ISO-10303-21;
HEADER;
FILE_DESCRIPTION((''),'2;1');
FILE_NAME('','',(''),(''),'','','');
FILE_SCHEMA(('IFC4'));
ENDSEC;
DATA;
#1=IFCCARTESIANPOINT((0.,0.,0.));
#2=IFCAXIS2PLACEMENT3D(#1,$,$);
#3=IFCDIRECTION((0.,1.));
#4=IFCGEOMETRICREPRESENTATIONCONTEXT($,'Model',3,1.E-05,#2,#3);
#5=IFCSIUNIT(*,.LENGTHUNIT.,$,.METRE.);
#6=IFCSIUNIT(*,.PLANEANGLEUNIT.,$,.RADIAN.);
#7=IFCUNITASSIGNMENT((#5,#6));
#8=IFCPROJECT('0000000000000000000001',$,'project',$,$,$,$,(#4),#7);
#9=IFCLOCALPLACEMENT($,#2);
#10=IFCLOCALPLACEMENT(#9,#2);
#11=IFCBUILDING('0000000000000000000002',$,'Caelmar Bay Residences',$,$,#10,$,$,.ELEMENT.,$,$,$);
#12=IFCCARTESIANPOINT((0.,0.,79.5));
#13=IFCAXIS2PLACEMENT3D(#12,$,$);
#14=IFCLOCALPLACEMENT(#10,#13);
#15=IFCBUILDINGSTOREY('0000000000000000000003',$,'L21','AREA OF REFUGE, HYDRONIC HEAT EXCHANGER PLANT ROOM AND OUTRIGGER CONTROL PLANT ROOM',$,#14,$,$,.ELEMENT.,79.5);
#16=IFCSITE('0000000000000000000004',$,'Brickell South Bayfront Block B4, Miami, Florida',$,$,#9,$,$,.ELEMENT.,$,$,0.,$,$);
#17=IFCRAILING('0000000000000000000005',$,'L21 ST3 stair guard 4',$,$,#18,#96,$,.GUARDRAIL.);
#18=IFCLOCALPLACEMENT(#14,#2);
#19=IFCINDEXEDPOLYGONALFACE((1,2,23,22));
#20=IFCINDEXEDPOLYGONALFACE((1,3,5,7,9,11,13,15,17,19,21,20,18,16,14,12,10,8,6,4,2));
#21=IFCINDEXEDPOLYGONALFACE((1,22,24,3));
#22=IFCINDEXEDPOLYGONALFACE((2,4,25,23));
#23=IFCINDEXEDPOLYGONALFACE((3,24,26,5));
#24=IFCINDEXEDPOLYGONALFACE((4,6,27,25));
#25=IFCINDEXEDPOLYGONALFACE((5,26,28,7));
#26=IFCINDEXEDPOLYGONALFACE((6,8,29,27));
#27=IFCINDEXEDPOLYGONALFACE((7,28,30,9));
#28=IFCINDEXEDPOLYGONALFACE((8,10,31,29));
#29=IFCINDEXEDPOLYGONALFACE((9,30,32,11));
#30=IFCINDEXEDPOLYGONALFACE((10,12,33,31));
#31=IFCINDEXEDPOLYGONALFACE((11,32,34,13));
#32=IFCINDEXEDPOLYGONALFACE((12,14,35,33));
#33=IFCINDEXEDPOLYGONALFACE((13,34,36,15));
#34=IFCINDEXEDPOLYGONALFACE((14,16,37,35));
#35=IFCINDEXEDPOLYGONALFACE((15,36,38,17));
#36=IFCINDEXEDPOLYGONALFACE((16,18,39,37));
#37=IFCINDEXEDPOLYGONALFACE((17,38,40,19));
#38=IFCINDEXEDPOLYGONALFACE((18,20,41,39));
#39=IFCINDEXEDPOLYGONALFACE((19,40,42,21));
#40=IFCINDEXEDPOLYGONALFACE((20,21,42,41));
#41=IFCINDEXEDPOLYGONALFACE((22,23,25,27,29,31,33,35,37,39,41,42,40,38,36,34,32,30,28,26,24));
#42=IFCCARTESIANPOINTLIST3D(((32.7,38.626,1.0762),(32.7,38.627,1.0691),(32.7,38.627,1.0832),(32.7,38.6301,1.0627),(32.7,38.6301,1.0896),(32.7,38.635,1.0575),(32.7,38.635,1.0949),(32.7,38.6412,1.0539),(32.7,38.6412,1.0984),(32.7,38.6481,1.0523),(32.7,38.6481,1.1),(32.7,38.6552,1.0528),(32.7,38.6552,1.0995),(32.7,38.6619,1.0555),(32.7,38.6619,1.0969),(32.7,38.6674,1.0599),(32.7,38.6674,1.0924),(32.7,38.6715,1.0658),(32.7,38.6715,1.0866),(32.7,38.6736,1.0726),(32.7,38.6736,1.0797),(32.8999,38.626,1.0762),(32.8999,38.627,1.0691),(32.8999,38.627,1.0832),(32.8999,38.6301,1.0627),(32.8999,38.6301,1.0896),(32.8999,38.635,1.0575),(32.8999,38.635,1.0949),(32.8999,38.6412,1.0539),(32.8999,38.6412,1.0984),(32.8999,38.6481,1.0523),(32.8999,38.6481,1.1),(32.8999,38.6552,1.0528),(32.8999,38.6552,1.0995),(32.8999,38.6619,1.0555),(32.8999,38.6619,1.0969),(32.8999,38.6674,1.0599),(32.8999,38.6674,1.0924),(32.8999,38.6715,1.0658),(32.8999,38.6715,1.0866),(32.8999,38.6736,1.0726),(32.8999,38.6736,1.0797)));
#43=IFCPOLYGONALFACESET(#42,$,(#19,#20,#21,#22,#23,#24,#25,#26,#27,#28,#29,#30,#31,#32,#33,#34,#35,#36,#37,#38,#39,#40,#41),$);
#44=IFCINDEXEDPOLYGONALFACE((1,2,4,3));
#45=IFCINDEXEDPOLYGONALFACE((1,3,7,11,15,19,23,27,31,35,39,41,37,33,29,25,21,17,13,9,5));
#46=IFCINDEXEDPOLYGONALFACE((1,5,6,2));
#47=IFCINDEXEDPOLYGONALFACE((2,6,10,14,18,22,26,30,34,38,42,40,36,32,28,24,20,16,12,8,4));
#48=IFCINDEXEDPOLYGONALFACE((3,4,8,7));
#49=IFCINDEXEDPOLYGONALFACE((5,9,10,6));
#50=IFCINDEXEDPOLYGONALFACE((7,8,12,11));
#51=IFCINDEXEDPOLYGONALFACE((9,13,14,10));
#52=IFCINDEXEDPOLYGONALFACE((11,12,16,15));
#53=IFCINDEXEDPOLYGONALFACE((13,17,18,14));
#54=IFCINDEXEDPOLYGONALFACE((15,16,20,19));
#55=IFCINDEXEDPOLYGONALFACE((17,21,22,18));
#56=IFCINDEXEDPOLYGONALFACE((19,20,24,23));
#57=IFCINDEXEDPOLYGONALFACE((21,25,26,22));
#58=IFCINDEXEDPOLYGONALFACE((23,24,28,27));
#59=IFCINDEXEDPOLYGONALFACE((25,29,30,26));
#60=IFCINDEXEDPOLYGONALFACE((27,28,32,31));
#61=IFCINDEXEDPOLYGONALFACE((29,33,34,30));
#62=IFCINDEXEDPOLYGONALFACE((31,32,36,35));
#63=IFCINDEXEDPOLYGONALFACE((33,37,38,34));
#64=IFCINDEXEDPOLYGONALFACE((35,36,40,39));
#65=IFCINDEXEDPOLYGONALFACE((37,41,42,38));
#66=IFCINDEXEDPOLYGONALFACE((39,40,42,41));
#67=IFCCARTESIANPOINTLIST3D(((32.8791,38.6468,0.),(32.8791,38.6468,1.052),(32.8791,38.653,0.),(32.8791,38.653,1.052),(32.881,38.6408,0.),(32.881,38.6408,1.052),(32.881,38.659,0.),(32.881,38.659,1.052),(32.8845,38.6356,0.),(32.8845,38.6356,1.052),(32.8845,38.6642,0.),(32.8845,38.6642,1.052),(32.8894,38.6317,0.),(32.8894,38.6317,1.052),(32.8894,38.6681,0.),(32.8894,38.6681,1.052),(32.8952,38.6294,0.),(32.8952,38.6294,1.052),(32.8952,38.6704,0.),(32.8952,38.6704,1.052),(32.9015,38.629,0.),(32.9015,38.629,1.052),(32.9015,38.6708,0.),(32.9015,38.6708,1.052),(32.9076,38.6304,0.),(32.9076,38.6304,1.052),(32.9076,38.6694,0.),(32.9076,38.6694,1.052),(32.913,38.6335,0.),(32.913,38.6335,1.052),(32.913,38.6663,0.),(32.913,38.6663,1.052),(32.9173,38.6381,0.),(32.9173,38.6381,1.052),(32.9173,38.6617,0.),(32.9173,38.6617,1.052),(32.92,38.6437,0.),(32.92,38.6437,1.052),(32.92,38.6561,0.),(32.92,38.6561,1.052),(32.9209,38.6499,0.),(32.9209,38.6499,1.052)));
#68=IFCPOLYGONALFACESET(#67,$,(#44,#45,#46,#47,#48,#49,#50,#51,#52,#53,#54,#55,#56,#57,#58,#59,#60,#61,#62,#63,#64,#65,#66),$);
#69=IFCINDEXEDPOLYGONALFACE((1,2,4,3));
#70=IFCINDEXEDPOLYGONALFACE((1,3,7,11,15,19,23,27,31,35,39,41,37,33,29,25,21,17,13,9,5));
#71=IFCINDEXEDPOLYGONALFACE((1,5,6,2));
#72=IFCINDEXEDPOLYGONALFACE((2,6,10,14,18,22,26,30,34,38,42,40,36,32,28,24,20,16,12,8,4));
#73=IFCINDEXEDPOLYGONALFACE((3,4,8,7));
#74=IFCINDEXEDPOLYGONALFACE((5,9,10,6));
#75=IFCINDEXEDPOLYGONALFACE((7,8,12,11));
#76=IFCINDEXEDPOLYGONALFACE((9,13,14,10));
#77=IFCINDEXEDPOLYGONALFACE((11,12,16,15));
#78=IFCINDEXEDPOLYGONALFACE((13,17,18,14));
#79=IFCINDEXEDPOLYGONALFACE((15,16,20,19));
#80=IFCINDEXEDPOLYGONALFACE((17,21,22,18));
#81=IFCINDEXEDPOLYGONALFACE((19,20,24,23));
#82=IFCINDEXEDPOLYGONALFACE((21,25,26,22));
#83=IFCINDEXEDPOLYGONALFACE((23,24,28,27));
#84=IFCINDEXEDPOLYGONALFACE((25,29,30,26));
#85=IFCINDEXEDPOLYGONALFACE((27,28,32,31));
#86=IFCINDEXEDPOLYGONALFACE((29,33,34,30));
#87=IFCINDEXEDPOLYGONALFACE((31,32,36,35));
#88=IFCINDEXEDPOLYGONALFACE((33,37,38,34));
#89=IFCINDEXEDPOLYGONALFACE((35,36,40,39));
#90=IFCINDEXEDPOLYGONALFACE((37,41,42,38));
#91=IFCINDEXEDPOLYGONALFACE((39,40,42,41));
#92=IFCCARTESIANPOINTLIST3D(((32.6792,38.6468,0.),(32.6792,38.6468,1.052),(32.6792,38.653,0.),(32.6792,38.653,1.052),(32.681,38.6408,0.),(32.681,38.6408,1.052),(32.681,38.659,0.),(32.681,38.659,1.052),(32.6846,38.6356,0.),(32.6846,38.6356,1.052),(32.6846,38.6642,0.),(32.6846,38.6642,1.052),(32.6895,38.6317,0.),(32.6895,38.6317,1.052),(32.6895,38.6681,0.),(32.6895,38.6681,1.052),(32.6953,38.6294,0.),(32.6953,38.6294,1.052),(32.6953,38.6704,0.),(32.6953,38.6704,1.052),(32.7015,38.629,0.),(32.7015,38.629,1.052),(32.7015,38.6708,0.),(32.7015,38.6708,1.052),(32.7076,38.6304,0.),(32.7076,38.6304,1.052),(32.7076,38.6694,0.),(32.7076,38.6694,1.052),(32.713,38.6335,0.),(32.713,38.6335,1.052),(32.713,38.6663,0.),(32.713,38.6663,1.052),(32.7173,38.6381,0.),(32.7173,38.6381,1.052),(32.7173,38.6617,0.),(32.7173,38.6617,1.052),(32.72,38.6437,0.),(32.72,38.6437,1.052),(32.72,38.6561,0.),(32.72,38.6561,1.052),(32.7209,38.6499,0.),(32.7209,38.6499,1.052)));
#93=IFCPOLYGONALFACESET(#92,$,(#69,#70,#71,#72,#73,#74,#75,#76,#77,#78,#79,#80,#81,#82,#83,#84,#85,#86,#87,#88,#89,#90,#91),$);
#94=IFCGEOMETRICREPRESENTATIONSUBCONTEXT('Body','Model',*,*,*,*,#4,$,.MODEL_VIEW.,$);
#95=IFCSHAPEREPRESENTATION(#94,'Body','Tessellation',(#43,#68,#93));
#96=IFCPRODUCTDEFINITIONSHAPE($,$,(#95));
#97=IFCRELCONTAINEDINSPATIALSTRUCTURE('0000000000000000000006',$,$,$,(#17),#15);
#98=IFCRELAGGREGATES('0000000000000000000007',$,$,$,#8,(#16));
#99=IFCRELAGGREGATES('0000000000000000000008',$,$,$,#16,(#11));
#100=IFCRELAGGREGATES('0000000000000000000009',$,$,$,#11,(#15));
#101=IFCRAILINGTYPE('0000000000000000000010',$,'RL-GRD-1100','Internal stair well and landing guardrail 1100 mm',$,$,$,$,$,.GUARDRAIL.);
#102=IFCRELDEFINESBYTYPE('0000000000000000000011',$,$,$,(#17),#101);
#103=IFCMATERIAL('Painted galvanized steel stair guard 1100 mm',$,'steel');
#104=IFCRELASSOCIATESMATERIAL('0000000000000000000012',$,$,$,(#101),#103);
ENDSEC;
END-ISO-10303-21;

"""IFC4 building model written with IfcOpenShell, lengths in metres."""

from ifc_helpers import new_model, si_unit, direction, frame, origin, origin_2d, place, context, subcontext, project, spatial, circle, extrude, material, type_object, element, save


model = new_model("IFC4")

# Units and contexts
model_context = context("Model", 3, precision=1e-05, world=origin(), true_north=direction((0.0, 1.0)))
body_context = subcontext(model_context, "Body", "Model", "MODEL_VIEW")
ifc_project = project(units=[si_unit("LENGTHUNIT", "METRE"), si_unit("PLANEANGLEUNIT", "RADIAN")], contexts=[model_context])

# Site, building, storey
site_placement = place(None, origin())
site = spatial("IfcSite", under=ifc_project, at=site_placement, Name="Brickell South Bayfront Block B4, Miami, Florida", CompositionType="ELEMENT", RefElevation=0.0)
building_placement = place(site_placement, origin())
building = spatial("IfcBuilding", under=site, at=building_placement, Name="Caelmar Bay Residences", CompositionType="ELEMENT")
storey_placement = place(building_placement, frame((0.0, 0.0, 79.5)))
storey = spatial("IfcBuildingStorey", under=building, at=storey_placement, Name="L21", Description="AREA OF REFUGE, HYDRONIC HEAT EXCHANGER PLANT ROOM AND OUTRIGGER CONTROL PLANT ROOM", CompositionType="ELEMENT", Elevation=79.5)

# Railing
ifc_material_1 = material(Name="Painted galvanized steel stair guard 1100 mm", Category="steel")
railing_type_1 = type_object("IfcRailingType", Name="RL-GRD-1100", Description="Internal stair well and landing guardrail 1100 mm", PredefinedType="GUARDRAIL", material=ifc_material_1)
railing_1_placement = place(storey_placement, frame((32.8999, 38.6499, 0.0)))
element("IfcRailing", 1, at=railing_1_placement, inside=storey, type_object=railing_type_1, Name="L21 ST3 stair guard 4", PredefinedType="GUARDRAIL", context=body_context, shape_type="SweptSolid", body=[
    extrude(circle(Radius=0.0239, at=origin_2d()), frame((0.0, 0.0, 1.0762), z_axis=(-1.0, 0.0, 0.0), x_axis=(0.0, -1.0, 0.0)), (0.0, 0.0, 1.0), 0.2),
    extrude(circle(Radius=0.021, at=origin_2d()), origin(), (0.0, 0.0, 1.0), 1.052),
    extrude(circle(Radius=0.021, at=origin_2d()), frame((-0.2, 0.0, 0.0)), (0.0, 0.0, 1.0), 1.052),
])

save(model, "model.ifc")
